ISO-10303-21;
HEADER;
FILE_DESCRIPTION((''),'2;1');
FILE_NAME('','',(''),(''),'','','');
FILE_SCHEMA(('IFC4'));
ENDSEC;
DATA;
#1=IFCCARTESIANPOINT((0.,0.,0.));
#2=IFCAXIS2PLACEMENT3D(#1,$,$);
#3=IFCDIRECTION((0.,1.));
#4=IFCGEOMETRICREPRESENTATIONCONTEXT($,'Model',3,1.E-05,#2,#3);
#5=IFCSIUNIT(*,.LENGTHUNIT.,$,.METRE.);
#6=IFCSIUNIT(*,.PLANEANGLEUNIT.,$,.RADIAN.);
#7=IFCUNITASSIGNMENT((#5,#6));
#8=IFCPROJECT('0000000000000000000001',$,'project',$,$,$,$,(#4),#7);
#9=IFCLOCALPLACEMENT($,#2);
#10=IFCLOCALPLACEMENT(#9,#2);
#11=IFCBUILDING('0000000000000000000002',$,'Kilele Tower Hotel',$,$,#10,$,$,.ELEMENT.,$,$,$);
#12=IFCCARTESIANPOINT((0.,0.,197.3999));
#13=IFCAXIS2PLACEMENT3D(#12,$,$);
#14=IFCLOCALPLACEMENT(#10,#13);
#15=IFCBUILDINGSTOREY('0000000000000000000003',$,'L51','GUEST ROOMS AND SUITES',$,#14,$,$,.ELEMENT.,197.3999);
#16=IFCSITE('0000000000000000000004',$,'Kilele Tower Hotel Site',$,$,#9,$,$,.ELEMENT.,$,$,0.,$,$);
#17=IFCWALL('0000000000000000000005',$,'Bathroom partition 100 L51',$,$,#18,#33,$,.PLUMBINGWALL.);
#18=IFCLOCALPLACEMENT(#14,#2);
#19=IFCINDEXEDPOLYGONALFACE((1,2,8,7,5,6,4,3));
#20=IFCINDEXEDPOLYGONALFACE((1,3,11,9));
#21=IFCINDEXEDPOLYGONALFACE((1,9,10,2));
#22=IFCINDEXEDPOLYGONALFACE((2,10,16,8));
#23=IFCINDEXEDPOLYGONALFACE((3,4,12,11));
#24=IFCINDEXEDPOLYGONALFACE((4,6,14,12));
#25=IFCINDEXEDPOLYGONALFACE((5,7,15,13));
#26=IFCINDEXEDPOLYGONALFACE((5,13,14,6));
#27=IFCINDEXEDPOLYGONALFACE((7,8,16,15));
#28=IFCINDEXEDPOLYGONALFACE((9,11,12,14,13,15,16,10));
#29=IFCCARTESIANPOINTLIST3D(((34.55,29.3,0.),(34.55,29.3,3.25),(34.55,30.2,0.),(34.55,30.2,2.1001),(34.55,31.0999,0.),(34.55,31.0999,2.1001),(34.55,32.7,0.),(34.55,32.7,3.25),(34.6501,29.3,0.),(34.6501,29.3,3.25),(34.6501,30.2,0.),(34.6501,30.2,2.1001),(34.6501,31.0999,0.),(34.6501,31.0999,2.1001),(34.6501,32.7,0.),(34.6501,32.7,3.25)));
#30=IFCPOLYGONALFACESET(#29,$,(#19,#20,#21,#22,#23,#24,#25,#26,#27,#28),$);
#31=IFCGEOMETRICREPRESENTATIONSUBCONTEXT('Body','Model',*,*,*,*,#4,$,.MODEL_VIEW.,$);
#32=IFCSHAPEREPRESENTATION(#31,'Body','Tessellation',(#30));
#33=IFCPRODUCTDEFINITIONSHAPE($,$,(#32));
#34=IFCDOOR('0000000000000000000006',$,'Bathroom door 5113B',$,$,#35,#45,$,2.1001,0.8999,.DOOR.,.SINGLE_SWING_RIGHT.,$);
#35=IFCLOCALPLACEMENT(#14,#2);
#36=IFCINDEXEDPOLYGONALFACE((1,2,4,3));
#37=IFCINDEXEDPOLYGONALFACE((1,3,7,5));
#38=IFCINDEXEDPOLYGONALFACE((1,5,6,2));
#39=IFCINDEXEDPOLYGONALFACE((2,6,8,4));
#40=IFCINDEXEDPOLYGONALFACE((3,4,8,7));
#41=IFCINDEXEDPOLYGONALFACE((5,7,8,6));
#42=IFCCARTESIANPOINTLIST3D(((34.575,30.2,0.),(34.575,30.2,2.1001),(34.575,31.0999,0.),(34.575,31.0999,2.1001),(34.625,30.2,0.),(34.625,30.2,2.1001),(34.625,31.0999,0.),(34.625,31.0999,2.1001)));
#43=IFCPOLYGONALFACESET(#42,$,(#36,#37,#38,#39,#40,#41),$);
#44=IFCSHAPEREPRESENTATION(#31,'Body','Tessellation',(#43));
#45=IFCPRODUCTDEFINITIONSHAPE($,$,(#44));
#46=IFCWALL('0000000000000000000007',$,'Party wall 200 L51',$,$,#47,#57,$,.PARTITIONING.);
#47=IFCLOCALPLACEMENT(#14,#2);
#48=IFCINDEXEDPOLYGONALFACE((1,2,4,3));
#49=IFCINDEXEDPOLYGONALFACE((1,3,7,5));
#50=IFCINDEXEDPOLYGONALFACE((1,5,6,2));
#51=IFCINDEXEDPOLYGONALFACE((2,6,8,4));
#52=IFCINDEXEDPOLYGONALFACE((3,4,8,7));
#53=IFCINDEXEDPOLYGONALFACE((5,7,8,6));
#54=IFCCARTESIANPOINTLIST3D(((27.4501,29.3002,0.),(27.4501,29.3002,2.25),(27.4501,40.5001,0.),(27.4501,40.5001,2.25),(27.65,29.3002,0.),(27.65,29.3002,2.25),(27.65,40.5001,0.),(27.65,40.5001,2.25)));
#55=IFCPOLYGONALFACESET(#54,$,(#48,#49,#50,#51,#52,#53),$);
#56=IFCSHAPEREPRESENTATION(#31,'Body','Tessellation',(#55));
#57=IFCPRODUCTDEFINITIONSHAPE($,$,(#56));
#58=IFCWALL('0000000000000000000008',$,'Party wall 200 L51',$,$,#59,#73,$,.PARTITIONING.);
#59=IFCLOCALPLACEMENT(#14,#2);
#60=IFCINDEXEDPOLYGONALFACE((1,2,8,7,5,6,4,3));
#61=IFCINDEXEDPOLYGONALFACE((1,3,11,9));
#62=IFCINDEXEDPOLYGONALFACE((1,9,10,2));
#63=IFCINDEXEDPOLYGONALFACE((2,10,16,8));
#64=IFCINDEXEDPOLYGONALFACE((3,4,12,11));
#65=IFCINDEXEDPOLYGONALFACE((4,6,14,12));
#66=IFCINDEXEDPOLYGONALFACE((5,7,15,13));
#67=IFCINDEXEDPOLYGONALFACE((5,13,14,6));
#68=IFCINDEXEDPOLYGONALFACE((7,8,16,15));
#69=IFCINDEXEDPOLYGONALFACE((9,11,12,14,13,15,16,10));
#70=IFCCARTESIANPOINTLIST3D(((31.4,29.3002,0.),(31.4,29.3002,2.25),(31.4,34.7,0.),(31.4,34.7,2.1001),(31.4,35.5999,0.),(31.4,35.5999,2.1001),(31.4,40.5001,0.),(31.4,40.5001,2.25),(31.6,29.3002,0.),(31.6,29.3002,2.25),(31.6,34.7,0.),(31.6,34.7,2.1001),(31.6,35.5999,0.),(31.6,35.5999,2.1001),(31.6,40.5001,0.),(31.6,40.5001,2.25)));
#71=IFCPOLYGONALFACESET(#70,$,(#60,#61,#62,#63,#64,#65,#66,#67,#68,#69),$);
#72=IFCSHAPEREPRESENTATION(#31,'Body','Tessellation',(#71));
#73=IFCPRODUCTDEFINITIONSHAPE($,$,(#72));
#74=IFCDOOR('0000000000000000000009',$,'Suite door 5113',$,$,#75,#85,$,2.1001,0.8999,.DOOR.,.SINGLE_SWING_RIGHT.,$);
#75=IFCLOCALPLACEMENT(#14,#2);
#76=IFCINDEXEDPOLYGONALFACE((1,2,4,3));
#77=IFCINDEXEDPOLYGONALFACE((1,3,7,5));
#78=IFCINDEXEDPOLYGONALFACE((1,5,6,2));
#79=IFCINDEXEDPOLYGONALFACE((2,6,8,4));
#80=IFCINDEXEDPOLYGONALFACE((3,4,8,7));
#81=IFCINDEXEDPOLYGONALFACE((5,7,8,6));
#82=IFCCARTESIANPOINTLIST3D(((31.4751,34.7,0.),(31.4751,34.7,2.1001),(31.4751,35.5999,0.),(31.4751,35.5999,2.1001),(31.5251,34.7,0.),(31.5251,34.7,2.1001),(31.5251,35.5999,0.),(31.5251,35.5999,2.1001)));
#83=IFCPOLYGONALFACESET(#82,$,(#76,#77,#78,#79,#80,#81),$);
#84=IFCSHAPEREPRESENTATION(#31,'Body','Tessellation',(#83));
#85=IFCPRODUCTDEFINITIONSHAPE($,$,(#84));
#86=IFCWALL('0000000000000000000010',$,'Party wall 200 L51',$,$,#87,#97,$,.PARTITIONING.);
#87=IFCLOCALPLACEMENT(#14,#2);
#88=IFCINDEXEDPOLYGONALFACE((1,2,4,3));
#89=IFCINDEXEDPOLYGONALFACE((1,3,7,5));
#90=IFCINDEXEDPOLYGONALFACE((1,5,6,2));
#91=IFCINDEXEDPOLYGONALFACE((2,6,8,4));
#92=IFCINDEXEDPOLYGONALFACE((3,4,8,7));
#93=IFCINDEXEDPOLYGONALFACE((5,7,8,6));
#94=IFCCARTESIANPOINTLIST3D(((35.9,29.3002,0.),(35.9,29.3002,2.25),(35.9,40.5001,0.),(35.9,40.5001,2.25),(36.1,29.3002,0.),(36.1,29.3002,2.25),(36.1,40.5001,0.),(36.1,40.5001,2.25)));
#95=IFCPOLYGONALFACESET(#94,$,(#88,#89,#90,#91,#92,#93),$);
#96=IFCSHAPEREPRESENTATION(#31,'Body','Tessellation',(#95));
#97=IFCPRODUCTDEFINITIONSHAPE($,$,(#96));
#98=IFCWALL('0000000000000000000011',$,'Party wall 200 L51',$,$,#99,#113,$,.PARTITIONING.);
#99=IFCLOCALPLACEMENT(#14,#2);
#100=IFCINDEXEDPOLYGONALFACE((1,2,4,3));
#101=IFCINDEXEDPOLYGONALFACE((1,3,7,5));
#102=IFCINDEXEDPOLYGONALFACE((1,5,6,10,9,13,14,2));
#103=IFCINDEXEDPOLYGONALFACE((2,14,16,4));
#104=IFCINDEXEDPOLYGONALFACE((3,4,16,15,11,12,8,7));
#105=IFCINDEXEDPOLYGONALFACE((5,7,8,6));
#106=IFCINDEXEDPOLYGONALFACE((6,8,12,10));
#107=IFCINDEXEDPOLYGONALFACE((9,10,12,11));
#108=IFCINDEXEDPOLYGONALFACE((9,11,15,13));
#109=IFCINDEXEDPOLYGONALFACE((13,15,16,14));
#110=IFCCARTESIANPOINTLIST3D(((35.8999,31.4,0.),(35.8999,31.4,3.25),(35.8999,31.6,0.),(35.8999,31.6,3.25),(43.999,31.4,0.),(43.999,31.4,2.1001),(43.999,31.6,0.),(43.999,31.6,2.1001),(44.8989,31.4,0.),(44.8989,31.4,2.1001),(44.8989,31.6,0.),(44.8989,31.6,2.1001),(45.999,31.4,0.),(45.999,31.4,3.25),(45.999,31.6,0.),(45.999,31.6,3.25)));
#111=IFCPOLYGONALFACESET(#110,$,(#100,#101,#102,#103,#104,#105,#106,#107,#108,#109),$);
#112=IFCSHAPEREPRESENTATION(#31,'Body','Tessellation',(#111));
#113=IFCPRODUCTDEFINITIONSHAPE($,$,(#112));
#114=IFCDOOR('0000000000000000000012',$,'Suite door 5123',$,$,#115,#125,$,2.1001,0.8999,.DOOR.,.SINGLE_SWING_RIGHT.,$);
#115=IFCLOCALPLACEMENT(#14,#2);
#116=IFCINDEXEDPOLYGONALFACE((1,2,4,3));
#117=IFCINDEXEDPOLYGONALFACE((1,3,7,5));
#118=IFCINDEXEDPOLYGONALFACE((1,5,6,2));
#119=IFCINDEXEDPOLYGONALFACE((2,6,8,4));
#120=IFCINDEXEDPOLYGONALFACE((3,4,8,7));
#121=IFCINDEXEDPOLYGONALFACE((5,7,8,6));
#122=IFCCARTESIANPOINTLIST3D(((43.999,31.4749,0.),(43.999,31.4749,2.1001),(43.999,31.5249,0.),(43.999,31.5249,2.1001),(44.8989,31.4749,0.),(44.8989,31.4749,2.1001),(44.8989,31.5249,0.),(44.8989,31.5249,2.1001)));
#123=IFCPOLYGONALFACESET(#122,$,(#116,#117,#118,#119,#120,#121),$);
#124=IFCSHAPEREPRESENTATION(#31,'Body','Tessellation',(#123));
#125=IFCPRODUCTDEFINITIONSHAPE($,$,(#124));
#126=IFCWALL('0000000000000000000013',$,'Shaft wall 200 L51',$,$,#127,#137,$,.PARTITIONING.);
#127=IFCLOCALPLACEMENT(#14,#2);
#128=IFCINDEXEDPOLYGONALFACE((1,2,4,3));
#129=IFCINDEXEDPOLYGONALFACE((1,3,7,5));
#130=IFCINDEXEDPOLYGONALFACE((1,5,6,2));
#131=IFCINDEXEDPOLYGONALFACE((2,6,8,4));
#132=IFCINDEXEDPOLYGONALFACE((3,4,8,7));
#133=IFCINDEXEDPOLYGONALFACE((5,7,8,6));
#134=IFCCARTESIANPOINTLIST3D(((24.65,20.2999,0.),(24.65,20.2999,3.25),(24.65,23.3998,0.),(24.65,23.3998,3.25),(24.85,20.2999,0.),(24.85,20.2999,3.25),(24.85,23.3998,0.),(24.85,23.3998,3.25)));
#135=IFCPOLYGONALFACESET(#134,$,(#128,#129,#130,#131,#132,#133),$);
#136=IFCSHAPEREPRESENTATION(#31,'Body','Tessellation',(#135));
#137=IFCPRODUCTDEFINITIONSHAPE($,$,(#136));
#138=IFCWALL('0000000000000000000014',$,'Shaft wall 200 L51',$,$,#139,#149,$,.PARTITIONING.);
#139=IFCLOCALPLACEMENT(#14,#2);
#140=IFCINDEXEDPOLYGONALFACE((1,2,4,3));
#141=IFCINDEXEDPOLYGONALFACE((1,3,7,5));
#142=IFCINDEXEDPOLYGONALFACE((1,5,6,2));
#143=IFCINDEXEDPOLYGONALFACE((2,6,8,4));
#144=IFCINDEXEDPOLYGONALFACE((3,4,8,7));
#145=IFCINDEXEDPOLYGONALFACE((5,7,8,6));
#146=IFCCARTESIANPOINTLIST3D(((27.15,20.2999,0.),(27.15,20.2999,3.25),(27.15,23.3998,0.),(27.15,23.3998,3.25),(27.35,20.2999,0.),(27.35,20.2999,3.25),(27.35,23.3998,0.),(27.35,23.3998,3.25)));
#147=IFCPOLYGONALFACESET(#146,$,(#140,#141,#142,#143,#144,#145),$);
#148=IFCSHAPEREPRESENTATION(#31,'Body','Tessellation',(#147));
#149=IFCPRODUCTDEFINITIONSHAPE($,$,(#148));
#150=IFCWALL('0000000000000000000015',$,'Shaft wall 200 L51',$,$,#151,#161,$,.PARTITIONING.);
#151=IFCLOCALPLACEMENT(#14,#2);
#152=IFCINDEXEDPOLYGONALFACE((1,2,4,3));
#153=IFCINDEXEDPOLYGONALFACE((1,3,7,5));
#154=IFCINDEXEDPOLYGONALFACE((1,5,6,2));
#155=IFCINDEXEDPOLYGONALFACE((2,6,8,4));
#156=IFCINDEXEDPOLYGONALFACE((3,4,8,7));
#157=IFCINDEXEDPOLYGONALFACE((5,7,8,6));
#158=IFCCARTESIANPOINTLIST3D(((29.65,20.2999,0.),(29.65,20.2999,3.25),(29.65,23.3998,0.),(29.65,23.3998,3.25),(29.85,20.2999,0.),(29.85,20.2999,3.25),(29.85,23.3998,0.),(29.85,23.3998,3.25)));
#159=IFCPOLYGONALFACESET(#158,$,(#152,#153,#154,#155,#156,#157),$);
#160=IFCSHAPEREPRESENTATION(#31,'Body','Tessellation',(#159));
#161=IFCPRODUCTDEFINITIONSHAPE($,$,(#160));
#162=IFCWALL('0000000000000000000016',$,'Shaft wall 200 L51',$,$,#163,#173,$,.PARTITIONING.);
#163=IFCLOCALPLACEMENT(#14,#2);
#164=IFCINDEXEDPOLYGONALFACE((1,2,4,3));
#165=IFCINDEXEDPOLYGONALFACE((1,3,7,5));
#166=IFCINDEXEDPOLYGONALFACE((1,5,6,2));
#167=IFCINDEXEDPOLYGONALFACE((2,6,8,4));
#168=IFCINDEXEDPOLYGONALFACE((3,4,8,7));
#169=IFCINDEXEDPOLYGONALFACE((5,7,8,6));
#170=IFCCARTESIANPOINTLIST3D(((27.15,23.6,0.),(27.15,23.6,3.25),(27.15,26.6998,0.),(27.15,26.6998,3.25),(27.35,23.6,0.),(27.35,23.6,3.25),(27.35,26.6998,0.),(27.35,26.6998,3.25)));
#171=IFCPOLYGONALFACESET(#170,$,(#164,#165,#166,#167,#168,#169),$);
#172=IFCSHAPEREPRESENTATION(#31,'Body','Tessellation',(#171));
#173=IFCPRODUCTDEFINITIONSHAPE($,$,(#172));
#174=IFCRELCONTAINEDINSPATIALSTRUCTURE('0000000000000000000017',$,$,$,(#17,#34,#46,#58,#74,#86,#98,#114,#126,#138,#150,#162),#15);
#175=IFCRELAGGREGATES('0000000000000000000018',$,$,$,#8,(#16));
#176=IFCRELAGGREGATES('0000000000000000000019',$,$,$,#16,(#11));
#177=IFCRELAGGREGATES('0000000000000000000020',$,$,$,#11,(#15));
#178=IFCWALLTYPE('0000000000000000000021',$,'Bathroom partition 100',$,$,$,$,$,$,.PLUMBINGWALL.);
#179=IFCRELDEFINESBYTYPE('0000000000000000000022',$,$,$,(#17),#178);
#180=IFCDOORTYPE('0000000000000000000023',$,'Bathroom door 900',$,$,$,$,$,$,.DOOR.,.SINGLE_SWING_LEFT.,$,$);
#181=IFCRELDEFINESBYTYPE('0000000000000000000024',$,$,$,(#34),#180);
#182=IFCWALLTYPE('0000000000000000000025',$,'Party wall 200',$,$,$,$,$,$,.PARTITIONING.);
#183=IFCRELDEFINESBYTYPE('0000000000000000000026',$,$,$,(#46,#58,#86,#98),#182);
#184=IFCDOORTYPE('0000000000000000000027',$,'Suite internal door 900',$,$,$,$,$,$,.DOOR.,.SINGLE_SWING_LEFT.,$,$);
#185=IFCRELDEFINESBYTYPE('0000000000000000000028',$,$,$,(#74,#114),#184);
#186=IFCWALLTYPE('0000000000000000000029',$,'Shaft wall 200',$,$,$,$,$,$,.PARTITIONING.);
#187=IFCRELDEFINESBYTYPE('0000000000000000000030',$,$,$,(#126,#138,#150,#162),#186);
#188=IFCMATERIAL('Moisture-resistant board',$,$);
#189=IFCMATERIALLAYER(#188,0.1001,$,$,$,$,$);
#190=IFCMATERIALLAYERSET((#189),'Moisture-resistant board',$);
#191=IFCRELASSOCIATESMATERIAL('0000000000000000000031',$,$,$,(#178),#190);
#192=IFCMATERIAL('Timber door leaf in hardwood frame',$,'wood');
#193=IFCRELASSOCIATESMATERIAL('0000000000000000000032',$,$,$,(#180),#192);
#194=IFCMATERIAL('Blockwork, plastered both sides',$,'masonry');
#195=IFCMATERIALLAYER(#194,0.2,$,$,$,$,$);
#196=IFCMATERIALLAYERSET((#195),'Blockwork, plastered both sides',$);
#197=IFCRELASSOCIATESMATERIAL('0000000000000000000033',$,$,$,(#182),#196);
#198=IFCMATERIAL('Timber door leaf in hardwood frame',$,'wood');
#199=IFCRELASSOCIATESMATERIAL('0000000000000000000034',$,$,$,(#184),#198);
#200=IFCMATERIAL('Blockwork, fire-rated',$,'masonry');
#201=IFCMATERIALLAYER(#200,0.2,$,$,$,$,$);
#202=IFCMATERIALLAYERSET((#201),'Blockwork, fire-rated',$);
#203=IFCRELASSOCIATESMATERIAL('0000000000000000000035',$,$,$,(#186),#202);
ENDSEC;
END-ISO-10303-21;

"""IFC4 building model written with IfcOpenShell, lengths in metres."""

from ifc_helpers import new_model, si_unit, direction, frame, frame_2d, origin, place, context, subcontext, project, spatial, rectangle, extrude, material, layer, layer_set, type_object, element, fill, save


model = new_model("IFC4")

# Units and contexts
model_context = context("Model", 3, precision=1e-05, world=origin(), true_north=direction((0.0, 1.0)))
body_context = subcontext(model_context, "Body", "Model", "MODEL_VIEW")
ifc_project = project(units=[si_unit("LENGTHUNIT", "METRE"), si_unit("PLANEANGLEUNIT", "RADIAN")], contexts=[model_context])

# Site, building, storey
site_placement = place(None, origin())
site = spatial("IfcSite", under=ifc_project, at=site_placement, Name="Kilele Tower Hotel Site", CompositionType="ELEMENT", RefElevation=0.0)
building_placement = place(site_placement, origin())
building = spatial("IfcBuilding", under=site, at=building_placement, Name="Kilele Tower Hotel", CompositionType="ELEMENT")
storey_placement = place(building_placement, frame((0.0, 0.0, 197.3999)))
storey = spatial("IfcBuildingStorey", under=building, at=storey_placement, Name="L51", Description="GUEST ROOMS AND SUITES", CompositionType="ELEMENT", Elevation=197.3999)

# Shared definitions
ifc_material_1 = material(Name="Moisture-resistant board")
ifc_layer_1 = layer(ifc_material_1, 0.1001)
ifc_layer_set_1 = layer_set([ifc_layer_1], Name="Moisture-resistant board")
wall_type_1 = type_object("IfcWallType", Name="Bathroom partition 100", PredefinedType="PLUMBINGWALL", material=ifc_layer_set_1)

# Shared definitions
ifc_material_2 = material(Name="Timber door leaf in hardwood frame", Category="wood")
door_type_1 = type_object("IfcDoorType", Name="Bathroom door 900", OperationType="SINGLE_SWING_LEFT", PredefinedType="DOOR", material=ifc_material_2)

# Wall, opening, door
wall_1_placement = place(storey_placement, frame((34.6001, 29.3, 0.0), z_axis=(0.0, 0.0, 1.0), x_axis=(0.0, 1.0, 0.0)))
wall_1 = element("IfcWall", 1, at=wall_1_placement, inside=storey, type_object=wall_type_1, Name="Bathroom partition 100 L51", PredefinedType="PLUMBINGWALL", context=body_context, shape_type="SweptSolid", body=[
    extrude(rectangle(XDim=3.3999, YDim=0.1001, at=frame_2d((1.7, 0.0))), origin(), (0.0, 0.0, 1.0), 3.25),
])
opening_1_placement = place(wall_1_placement, frame((1.7998, 0.0, 0.0), z_axis=(0.0, 0.0, 1.0), x_axis=(-1.0, 0.0, 0.0)))
opening_1 = element("IfcOpeningElement", 2, at=opening_1_placement, cuts=wall_1, PredefinedType="OPENING", context=body_context, shape_type="SweptSolid", body=[
    extrude(rectangle(XDim=0.8999, YDim=2.1001, at=frame_2d((0.45, 1.05))), frame((0.0, 0.0601, 0.0), z_axis=(0.0, -1.0, 0.0), x_axis=(1.0, 0.0, 0.0)), (0.0, 0.0, 1.0), 0.1201),
])
door_1_placement = place(opening_1_placement, origin())
door_1 = element("IfcDoor", 3, at=door_1_placement, inside=storey, type_object=door_type_1, Name="Bathroom door 5113B", OperationType="SINGLE_SWING_RIGHT", OverallHeight=2.1001, OverallWidth=0.8999, PredefinedType="DOOR", context=body_context, shape_type="SweptSolid", body=[
    extrude(rectangle(XDim=0.8999, YDim=2.1001, at=frame_2d((0.45, 1.05))), frame((0.0, 0.0249, 0.0), z_axis=(0.0, -1.0, 0.0), x_axis=(1.0, 0.0, 0.0)), (0.0, 0.0, 1.0), 0.05),
])
fill(opening_1, door_1)

# Wall
ifc_material_3 = material(Name="Blockwork, plastered both sides", Category="masonry")
ifc_layer_2 = layer(ifc_material_3, 0.2)
ifc_layer_set_2 = layer_set([ifc_layer_2], Name="Blockwork, plastered both sides")
wall_type_2 = type_object("IfcWallType", Name="Party wall 200", PredefinedType="PARTITIONING", material=ifc_layer_set_2)
wall_2_placement = place(storey_placement, frame((27.55, 29.3, 0.0), z_axis=(0.0, 0.0, 1.0), x_axis=(0.0, 1.0, 0.0)))
element("IfcWall", 4, at=wall_2_placement, inside=storey, type_object=wall_type_2, Name="Party wall 200 L51", PredefinedType="PARTITIONING", context=body_context, shape_type="SweptSolid", body=[
    extrude(rectangle(XDim=11.2, YDim=0.2, at=frame_2d((5.6001, 0.0))), origin(), (0.0, 0.0, 1.0), 2.25),
])

# Wall, opening, door
wall_3_placement = place(storey_placement, frame((31.5, 29.3, 0.0), z_axis=(0.0, 0.0, 1.0), x_axis=(0.0, 1.0, 0.0)))
wall_3 = element("IfcWall", 5, at=wall_3_placement, inside=storey, type_object=wall_type_2, Name="Party wall 200 L51", PredefinedType="PARTITIONING", context=body_context, shape_type="SweptSolid", body=[
    extrude(rectangle(XDim=11.2, YDim=0.2, at=frame_2d((5.6001, 0.0))), origin(), (0.0, 0.0, 1.0), 2.25),
])
opening_2_placement = place(wall_3_placement, frame((5.3999, 0.0, 0.0)))
opening_2 = element("IfcOpeningElement", 6, at=opening_2_placement, cuts=wall_3, PredefinedType="OPENING", context=body_context, shape_type="SweptSolid", body=[
    extrude(rectangle(XDim=0.8999, YDim=2.1001, at=frame_2d((0.45, 1.05))), frame((0.0, 0.1099, 0.0), z_axis=(0.0, -1.0, 0.0), x_axis=(1.0, 0.0, 0.0)), (0.0, 0.0, 1.0), 0.22),
])
ifc_material_4 = material(Name="Timber door leaf in hardwood frame", Category="wood")
door_type_2 = type_object("IfcDoorType", Name="Suite internal door 900", OperationType="SINGLE_SWING_LEFT", PredefinedType="DOOR", material=ifc_material_4)
door_2_placement = place(opening_2_placement, origin())
door_2 = element("IfcDoor", 7, at=door_2_placement, inside=storey, type_object=door_type_2, Name="Suite door 5113", OperationType="SINGLE_SWING_RIGHT", OverallHeight=2.1001, OverallWidth=0.8999, PredefinedType="DOOR", context=body_context, shape_type="SweptSolid", body=[
    extrude(rectangle(XDim=0.8999, YDim=2.1001, at=frame_2d((0.45, 1.05))), frame((0.0, 0.0249, 0.0), z_axis=(0.0, -1.0, 0.0), x_axis=(1.0, 0.0, 0.0)), (0.0, 0.0, 1.0), 0.05),
])
fill(opening_2, door_2)

# Wall
wall_4_placement = place(storey_placement, frame((36.0, 29.3, 0.0), z_axis=(0.0, 0.0, 1.0), x_axis=(0.0, 1.0, 0.0)))
element("IfcWall", 8, at=wall_4_placement, inside=storey, type_object=wall_type_2, Name="Party wall 200 L51", PredefinedType="PARTITIONING", context=body_context, shape_type="SweptSolid", body=[
    extrude(rectangle(XDim=11.2, YDim=0.2, at=frame_2d((5.6001, 0.0))), origin(), (0.0, 0.0, 1.0), 2.25),
])

# Wall, opening, door
wall_5_placement = place(storey_placement, frame((35.8999, 31.5, 0.0), z_axis=(0.0, 0.0, 1.0), x_axis=(1.0, 0.0, 0.0)))
wall_5 = element("IfcWall", 9, at=wall_5_placement, inside=storey, type_object=wall_type_2, Name="Party wall 200 L51", PredefinedType="PARTITIONING", context=body_context, shape_type="SweptSolid", body=[
    extrude(rectangle(XDim=10.0991, YDim=0.2, at=frame_2d((5.0496, 0.0))), origin(), (0.0, 0.0, 1.0), 3.25),
])
opening_3_placement = place(wall_5_placement, frame((8.0991, 0.0, 0.0)))
opening_3 = element("IfcOpeningElement", 10, at=opening_3_placement, cuts=wall_5, PredefinedType="OPENING", context=body_context, shape_type="SweptSolid", body=[
    extrude(rectangle(XDim=0.8999, YDim=2.1001, at=frame_2d((0.45, 1.05))), frame((0.0, 0.1099, 0.0), z_axis=(0.0, -1.0, 0.0), x_axis=(1.0, 0.0, 0.0)), (0.0, 0.0, 1.0), 0.22),
])
door_3_placement = place(opening_3_placement, origin())
door_3 = element("IfcDoor", 11, at=door_3_placement, inside=storey, type_object=door_type_2, Name="Suite door 5123", OperationType="SINGLE_SWING_RIGHT", OverallHeight=2.1001, OverallWidth=0.8999, PredefinedType="DOOR", context=body_context, shape_type="SweptSolid", body=[
    extrude(rectangle(XDim=0.8999, YDim=2.1001, at=frame_2d((0.45, 1.05))), frame((0.0, 0.0249, 0.0), z_axis=(0.0, -1.0, 0.0), x_axis=(1.0, 0.0, 0.0)), (0.0, 0.0, 1.0), 0.05),
])
fill(opening_3, door_3)

# Walls
ifc_material_5 = material(Name="Blockwork, fire-rated", Category="masonry")
ifc_layer_3 = layer(ifc_material_5, 0.2)
ifc_layer_set_3 = layer_set([ifc_layer_3], Name="Blockwork, fire-rated")
wall_type_3 = type_object("IfcWallType", Name="Shaft wall 200", PredefinedType="PARTITIONING", material=ifc_layer_set_3)
for number, where, z_axis, x_axis, name in (
    (12, (24.75, 20.3, 0.0), (0.0, 0.0, 1.0), (0.0, 1.0, 0.0), "Shaft wall 200 L51"),
    (13, (27.25, 20.3, 0.0), (0.0, 0.0, 1.0), (0.0, 1.0, 0.0), "Shaft wall 200 L51"),
    (14, (29.75, 20.3, 0.0), (0.0, 0.0, 1.0), (0.0, 1.0, 0.0), "Shaft wall 200 L51"),
    (15, (27.25, 23.6001, 0.0), (0.0, 0.0, 1.0), (0.0, 1.0, 0.0), "Shaft wall 200 L51"),
):
    element("IfcWall", number, at=place(storey_placement, frame(where, z_axis=z_axis, x_axis=x_axis)), inside=storey, type_object=wall_type_3, Name=name, PredefinedType="PARTITIONING", context=body_context, shape_type="SweptSolid", body=[
        extrude(rectangle(XDim=3.0999, YDim=0.2, at=frame_2d((1.5498, 0.0))), origin(), (0.0, 0.0, 1.0), 3.25),
    ])

save(model, "model.ifc")
